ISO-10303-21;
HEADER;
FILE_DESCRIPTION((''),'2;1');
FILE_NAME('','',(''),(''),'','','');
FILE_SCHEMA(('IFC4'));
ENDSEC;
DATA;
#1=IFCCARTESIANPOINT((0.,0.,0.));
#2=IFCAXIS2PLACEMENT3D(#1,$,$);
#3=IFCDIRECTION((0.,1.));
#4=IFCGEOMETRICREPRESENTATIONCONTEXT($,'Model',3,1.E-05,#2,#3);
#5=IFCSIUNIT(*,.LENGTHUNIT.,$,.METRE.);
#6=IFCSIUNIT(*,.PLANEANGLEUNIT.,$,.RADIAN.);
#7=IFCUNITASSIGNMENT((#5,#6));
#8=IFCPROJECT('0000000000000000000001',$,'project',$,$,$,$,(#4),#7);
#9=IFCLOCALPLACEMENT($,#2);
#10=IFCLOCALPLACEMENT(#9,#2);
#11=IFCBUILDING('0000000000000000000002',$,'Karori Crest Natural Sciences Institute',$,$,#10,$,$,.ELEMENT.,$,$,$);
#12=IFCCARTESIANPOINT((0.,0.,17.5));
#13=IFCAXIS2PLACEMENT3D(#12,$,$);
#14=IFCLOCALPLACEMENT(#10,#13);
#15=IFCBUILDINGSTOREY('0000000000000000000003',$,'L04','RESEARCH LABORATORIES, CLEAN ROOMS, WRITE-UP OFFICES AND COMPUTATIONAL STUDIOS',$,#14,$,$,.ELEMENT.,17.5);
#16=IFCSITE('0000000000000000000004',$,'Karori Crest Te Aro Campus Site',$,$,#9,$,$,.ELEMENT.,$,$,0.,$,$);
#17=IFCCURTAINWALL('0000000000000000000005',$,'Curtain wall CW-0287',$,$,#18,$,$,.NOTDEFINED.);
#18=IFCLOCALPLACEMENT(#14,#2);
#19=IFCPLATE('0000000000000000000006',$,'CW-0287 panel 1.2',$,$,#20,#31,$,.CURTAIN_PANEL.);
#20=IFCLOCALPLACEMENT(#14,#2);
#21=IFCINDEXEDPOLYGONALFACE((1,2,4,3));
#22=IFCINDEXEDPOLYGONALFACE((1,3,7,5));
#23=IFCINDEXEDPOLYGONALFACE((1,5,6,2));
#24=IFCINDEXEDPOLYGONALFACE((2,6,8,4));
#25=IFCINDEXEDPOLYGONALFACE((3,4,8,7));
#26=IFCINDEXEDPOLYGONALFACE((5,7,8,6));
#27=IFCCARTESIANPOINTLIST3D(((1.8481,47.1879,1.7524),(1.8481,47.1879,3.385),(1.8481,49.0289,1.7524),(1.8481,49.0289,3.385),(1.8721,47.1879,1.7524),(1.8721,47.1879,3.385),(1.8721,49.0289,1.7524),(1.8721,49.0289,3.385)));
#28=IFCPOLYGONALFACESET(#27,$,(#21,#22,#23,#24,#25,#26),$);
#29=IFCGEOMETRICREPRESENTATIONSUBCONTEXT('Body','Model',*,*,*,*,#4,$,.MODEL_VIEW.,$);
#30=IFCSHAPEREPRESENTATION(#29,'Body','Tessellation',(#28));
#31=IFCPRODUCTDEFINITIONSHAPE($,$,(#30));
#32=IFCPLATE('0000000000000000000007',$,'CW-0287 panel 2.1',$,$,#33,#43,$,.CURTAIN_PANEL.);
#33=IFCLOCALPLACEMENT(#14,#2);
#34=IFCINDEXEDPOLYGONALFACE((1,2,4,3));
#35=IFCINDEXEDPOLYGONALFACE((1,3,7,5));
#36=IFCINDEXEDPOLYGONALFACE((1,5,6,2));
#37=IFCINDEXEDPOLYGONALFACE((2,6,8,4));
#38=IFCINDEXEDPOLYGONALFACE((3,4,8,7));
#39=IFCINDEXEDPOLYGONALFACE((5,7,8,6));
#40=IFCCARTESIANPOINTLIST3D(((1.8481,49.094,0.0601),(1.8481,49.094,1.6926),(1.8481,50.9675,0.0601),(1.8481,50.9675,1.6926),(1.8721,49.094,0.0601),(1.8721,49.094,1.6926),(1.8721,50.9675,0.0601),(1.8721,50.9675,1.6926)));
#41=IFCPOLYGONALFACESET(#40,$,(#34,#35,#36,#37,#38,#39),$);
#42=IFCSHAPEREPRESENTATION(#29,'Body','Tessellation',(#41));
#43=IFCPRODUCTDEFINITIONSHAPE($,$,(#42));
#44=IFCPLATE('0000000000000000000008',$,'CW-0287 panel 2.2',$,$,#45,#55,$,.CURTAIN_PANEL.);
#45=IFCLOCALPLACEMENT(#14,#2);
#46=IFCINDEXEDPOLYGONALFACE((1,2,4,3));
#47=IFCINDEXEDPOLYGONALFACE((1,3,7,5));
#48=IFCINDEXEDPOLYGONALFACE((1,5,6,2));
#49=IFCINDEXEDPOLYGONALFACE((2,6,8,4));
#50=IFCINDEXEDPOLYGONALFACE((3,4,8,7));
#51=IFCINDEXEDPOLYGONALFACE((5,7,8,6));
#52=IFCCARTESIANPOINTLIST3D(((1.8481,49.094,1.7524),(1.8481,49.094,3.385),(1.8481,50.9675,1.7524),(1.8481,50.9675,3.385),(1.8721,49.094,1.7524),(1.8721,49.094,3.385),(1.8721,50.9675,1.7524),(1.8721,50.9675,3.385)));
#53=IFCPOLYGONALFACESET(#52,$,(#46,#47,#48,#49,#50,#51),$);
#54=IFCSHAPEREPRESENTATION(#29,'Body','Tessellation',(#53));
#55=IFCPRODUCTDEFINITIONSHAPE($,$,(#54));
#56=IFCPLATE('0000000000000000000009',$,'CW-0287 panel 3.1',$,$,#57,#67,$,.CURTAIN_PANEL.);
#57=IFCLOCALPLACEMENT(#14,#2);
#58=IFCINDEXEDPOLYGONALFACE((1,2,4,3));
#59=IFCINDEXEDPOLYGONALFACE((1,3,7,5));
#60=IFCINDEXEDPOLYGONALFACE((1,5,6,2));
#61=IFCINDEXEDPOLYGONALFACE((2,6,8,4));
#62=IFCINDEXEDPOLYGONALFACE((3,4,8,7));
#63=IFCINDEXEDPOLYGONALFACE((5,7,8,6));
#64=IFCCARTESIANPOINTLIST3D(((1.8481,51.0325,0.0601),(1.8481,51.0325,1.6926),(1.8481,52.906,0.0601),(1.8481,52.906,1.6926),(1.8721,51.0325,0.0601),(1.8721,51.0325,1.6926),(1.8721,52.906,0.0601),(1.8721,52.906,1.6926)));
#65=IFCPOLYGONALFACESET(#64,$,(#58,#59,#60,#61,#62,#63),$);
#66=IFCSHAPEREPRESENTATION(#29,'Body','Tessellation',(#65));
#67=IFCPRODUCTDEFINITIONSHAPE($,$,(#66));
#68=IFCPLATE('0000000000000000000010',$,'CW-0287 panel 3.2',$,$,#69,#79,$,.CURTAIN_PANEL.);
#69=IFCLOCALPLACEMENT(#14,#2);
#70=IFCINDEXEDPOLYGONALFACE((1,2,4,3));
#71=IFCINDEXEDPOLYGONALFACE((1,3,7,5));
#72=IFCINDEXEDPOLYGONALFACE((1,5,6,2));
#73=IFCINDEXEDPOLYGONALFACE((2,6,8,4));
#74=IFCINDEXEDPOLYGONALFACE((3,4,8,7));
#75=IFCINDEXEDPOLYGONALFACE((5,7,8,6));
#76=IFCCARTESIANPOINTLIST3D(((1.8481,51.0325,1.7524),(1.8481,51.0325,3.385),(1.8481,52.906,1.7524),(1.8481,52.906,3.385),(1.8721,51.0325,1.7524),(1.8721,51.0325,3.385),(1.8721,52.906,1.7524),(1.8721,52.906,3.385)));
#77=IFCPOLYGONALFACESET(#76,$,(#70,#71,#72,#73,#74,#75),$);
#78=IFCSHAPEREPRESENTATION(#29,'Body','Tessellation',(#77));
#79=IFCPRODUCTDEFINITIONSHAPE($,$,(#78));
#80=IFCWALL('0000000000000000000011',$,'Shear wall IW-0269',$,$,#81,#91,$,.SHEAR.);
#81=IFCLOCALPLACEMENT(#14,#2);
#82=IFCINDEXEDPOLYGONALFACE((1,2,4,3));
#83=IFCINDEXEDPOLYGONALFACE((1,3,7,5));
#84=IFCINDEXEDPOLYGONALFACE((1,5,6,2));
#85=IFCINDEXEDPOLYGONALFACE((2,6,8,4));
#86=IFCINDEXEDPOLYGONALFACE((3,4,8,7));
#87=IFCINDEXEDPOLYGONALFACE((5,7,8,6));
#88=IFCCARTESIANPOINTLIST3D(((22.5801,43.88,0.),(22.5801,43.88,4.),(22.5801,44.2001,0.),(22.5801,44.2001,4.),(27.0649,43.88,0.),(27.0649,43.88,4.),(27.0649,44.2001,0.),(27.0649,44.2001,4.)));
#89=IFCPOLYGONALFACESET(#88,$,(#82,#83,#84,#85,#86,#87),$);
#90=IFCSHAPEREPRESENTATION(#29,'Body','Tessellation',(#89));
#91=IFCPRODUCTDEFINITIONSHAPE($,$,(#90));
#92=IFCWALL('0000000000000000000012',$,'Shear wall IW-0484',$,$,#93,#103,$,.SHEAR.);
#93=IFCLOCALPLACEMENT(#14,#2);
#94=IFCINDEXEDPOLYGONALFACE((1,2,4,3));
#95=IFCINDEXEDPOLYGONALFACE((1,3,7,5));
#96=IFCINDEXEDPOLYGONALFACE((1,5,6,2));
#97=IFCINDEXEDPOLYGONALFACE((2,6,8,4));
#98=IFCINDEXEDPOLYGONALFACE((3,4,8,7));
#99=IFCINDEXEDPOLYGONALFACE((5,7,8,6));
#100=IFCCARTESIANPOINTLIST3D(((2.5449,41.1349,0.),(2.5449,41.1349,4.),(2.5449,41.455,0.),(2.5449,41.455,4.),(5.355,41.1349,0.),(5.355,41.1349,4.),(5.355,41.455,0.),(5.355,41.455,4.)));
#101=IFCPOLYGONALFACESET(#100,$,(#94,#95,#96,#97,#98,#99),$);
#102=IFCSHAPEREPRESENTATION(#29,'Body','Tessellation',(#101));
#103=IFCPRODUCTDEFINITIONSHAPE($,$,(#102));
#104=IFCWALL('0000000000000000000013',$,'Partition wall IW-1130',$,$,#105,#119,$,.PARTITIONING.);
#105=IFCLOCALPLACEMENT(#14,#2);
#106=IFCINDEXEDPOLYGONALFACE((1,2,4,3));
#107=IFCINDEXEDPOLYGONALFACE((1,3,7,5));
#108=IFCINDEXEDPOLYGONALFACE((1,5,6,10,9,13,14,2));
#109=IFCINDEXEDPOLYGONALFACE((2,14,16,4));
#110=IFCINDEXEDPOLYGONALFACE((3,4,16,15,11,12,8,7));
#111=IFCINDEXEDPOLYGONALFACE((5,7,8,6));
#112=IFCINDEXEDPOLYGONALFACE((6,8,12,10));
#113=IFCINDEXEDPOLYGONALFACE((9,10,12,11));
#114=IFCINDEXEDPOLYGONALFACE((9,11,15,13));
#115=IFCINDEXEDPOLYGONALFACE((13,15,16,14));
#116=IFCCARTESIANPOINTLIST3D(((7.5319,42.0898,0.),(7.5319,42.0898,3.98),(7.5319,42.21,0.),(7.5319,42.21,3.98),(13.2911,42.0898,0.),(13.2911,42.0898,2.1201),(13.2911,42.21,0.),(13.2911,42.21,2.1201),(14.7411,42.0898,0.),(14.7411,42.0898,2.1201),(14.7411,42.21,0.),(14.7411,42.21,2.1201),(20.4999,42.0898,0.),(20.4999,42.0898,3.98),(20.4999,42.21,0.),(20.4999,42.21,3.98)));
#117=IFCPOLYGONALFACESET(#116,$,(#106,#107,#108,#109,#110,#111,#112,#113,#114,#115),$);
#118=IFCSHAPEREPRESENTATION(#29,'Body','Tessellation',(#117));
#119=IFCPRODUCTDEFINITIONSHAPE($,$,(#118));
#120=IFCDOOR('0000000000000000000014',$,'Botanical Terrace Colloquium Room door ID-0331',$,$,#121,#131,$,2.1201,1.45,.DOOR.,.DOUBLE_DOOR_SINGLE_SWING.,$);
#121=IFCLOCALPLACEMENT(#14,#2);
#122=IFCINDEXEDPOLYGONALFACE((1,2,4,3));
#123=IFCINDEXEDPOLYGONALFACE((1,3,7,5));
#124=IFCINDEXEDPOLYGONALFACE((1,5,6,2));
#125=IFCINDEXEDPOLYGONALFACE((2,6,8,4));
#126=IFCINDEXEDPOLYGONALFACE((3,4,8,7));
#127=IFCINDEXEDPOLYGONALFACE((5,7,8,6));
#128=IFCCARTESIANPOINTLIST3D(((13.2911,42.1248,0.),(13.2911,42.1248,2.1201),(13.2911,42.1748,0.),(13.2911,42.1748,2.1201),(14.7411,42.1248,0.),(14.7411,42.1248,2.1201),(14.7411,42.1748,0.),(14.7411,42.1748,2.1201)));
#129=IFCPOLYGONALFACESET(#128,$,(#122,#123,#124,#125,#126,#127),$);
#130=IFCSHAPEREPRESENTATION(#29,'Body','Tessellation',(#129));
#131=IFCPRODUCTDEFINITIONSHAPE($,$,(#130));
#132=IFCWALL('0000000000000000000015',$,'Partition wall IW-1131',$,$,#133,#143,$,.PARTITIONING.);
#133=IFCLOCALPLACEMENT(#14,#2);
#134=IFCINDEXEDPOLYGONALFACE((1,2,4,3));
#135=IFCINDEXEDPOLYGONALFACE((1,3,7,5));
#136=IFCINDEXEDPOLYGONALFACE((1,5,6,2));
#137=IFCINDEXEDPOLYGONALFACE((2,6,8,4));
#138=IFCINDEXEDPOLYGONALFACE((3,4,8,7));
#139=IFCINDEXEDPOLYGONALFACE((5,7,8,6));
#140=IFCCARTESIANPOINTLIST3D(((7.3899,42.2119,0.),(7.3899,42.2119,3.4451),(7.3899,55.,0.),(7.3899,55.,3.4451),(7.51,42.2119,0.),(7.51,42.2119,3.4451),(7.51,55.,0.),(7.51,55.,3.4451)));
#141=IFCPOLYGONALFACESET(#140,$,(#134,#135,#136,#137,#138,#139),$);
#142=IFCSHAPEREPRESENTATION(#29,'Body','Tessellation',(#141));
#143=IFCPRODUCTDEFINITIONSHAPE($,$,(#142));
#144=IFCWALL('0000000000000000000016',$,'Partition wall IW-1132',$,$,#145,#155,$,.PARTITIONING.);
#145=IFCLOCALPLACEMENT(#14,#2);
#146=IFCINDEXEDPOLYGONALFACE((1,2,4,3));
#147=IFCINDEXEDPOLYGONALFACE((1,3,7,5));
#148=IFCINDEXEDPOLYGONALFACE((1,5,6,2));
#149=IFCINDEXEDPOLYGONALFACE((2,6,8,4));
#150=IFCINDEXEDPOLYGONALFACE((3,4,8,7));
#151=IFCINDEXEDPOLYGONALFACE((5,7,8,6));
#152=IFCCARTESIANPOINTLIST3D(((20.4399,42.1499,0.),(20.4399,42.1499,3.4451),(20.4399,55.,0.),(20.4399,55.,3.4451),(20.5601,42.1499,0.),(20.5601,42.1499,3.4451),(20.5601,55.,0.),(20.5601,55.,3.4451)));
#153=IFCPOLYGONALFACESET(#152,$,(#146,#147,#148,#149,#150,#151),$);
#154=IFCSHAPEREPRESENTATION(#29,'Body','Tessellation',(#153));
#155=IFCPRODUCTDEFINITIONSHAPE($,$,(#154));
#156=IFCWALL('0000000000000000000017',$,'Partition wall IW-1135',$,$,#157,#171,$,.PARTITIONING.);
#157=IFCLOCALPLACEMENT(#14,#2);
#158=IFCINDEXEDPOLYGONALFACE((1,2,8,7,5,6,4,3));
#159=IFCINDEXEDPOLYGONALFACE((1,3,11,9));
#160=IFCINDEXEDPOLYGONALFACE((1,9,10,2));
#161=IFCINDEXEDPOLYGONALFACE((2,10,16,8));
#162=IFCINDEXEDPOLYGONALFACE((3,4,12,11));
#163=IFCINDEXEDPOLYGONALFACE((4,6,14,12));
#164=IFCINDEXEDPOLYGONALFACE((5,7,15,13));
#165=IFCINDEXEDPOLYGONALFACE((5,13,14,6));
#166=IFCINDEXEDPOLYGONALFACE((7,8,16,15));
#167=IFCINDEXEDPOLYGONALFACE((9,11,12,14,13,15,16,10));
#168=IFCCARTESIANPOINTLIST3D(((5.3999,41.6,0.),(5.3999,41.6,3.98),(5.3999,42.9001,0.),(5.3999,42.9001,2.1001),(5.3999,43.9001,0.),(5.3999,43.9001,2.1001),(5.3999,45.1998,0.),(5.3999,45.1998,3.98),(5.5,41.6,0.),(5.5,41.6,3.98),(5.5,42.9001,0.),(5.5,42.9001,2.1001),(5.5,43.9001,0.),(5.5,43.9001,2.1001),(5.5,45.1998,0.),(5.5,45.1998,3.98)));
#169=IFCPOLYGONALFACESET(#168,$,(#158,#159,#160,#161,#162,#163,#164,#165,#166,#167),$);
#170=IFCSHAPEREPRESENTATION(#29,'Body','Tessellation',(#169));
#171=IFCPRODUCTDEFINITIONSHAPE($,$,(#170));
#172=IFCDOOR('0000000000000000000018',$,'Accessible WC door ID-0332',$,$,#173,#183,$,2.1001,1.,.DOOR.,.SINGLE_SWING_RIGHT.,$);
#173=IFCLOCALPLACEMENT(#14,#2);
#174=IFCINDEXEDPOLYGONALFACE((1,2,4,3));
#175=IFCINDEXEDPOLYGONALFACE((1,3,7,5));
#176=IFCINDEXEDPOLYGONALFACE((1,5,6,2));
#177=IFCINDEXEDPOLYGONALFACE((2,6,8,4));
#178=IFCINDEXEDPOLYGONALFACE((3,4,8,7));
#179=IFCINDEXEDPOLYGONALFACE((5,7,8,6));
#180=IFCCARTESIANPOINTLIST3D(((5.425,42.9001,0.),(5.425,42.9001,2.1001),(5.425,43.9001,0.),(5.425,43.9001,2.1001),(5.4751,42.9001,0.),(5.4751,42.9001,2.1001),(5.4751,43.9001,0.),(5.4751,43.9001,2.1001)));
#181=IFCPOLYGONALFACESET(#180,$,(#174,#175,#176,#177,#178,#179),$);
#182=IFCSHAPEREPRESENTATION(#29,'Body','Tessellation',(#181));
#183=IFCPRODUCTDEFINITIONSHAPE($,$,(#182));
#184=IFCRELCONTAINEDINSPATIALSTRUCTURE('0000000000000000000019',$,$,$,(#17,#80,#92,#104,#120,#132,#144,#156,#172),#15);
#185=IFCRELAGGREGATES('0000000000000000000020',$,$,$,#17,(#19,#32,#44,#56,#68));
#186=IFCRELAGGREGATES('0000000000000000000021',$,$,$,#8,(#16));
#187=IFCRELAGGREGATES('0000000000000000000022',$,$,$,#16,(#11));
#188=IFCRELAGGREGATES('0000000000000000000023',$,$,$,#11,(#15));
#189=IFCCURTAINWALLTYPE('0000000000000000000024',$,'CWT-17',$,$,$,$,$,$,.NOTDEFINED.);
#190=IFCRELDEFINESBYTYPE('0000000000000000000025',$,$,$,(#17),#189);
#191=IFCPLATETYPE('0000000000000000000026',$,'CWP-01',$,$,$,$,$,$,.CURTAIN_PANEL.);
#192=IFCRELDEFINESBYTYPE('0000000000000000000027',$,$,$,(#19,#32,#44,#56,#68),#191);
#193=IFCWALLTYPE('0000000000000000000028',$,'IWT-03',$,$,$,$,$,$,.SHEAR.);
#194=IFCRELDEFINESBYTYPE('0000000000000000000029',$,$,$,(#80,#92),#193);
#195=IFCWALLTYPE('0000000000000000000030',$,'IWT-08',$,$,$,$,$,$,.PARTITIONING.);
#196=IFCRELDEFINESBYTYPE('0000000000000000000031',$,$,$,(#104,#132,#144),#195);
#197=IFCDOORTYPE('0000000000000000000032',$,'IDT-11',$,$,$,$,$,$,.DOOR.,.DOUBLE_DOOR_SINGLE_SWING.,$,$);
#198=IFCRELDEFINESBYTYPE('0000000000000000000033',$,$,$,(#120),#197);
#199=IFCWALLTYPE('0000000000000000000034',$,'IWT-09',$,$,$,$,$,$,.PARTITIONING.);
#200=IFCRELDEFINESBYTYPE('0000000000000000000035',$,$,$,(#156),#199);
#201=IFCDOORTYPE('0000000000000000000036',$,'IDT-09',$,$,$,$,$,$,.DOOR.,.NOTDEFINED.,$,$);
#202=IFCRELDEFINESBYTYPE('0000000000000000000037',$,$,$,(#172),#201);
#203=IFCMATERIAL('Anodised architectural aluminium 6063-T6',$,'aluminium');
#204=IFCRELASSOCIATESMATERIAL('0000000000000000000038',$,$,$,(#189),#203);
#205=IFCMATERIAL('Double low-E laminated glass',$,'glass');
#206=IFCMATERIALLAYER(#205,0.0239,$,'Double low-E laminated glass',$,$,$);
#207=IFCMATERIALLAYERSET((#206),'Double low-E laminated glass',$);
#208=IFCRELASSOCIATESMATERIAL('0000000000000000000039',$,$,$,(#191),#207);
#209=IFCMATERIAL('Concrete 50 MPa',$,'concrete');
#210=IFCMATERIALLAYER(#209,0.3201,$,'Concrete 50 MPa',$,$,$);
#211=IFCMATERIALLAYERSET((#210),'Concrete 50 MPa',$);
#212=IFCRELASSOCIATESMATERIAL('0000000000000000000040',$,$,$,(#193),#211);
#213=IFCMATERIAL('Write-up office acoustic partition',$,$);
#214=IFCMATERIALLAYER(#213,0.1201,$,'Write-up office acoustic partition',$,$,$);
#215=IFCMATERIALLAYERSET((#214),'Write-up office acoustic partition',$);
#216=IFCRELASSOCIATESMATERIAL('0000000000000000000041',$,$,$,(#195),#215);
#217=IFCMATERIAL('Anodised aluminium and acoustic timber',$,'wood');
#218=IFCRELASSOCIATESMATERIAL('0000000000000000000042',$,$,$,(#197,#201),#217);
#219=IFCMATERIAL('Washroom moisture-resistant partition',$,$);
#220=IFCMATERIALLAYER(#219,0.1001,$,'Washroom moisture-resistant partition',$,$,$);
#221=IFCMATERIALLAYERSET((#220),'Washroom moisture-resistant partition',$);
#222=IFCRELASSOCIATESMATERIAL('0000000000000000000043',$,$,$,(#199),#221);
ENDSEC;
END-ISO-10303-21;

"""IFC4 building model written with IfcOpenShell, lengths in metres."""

from ifc_helpers import new_model, si_unit, direction, frame, frame_2d, origin, origin_2d, place, context, subcontext, project, spatial, rectangle, extrude, material, layer, layer_set, type_object, element, fill, aggregate, save


model = new_model("IFC4")

# Units and contexts
model_context = context("Model", 3, precision=1e-05, world=origin(), true_north=direction((0.0, 1.0)))
body_context = subcontext(model_context, "Body", "Model", "MODEL_VIEW")
ifc_project = project(units=[si_unit("LENGTHUNIT", "METRE"), si_unit("PLANEANGLEUNIT", "RADIAN")], contexts=[model_context])

# Site, building, storey
site_placement = place(None, origin())
site = spatial("IfcSite", under=ifc_project, at=site_placement, Name="Karori Crest Te Aro Campus Site", CompositionType="ELEMENT", RefElevation=0.0)
building_placement = place(site_placement, origin())
building = spatial("IfcBuilding", under=site, at=building_placement, Name="Karori Crest Natural Sciences Institute", CompositionType="ELEMENT")
storey_placement = place(building_placement, frame((0.0, 0.0, 17.5)))
storey = spatial("IfcBuildingStorey", under=building, at=storey_placement, Name="L04", Description="RESEARCH LABORATORIES, CLEAN ROOMS, WRITE-UP OFFICES AND COMPUTATIONAL STUDIOS", CompositionType="ELEMENT", Elevation=17.5)

# Curtain wall, plates
ifc_material_1 = material(Name="Anodised architectural aluminium 6063-T6", Category="aluminium")
curtain_wall_type = type_object("IfcCurtainWallType", Name="CWT-17", PredefinedType="NOTDEFINED", material=ifc_material_1)
curtain_wall_placement = place(storey_placement, origin())
curtain_wall = element("IfcCurtainWall", 1, at=curtain_wall_placement, inside=storey, type_object=curtain_wall_type, Name="Curtain wall CW-0287", PredefinedType="NOTDEFINED")
ifc_material_2 = material(Name="Double low-E laminated glass", Category="glass")
ifc_layer_1 = layer(ifc_material_2, 0.0239, Name="Double low-E laminated glass")
ifc_layer_set_1 = layer_set([ifc_layer_1], Name="Double low-E laminated glass")
plate_type = type_object("IfcPlateType", Name="CWP-01", PredefinedType="CURTAIN_PANEL", material=ifc_layer_set_1)
plate_1_placement = place(storey_placement, frame((1.8601, 48.1084, 1.7524), z_axis=(0.0, 0.0, 1.0), x_axis=(0.0, 1.0, 0.0)))
plate_1 = element("IfcPlate", 2, at=plate_1_placement, type_object=plate_type, Name="CW-0287 panel 1.2", PredefinedType="CURTAIN_PANEL", context=body_context, shape_type="SweptSolid", body=[
    extrude(rectangle(XDim=1.8411, YDim=0.0239, at=origin_2d()), origin(), (0.0, 0.0, 1.0), 1.6326),
])
plate_2_placement = place(storey_placement, frame((1.8601, 50.0308, 0.0601), z_axis=(0.0, 0.0, 1.0), x_axis=(0.0, 1.0, 0.0)))
plate_2 = element("IfcPlate", 3, at=plate_2_placement, type_object=plate_type, Name="CW-0287 panel 2.1", PredefinedType="CURTAIN_PANEL", context=body_context, shape_type="SweptSolid", body=[
    extrude(rectangle(XDim=1.8735, YDim=0.0239, at=origin_2d()), origin(), (0.0, 0.0, 1.0), 1.6326),
])
plate_3_placement = place(storey_placement, frame((1.8601, 50.0308, 1.7524), z_axis=(0.0, 0.0, 1.0), x_axis=(0.0, 1.0, 0.0)))
plate_3 = element("IfcPlate", 4, at=plate_3_placement, type_object=plate_type, Name="CW-0287 panel 2.2", PredefinedType="CURTAIN_PANEL", context=body_context, shape_type="SweptSolid", body=[
    extrude(rectangle(XDim=1.8735, YDim=0.0239, at=origin_2d()), origin(), (0.0, 0.0, 1.0), 1.6326),
])
plate_4_placement = place(storey_placement, frame((1.8601, 51.9692, 0.0601), z_axis=(0.0, 0.0, 1.0), x_axis=(0.0, 1.0, 0.0)))
plate_4 = element("IfcPlate", 5, at=plate_4_placement, type_object=plate_type, Name="CW-0287 panel 3.1", PredefinedType="CURTAIN_PANEL", context=body_context, shape_type="SweptSolid", body=[
    extrude(rectangle(XDim=1.8735, YDim=0.0239, at=origin_2d()), origin(), (0.0, 0.0, 1.0), 1.6326),
])
plate_5_placement = place(storey_placement, frame((1.8601, 51.9692, 1.7524), z_axis=(0.0, 0.0, 1.0), x_axis=(0.0, 1.0, 0.0)))
plate_5 = element("IfcPlate", 6, at=plate_5_placement, type_object=plate_type, Name="CW-0287 panel 3.2", PredefinedType="CURTAIN_PANEL", context=body_context, shape_type="SweptSolid", body=[
    extrude(rectangle(XDim=1.8735, YDim=0.0239, at=origin_2d()), origin(), (0.0, 0.0, 1.0), 1.6326),
])
aggregate(curtain_wall, [plate_1, plate_2, plate_3, plate_4, plate_5])

# Walls
ifc_material_3 = material(Name="Concrete 50 MPa", Category="concrete")
ifc_layer_2 = layer(ifc_material_3, 0.3201, Name="Concrete 50 MPa")
ifc_layer_set_2 = layer_set([ifc_layer_2], Name="Concrete 50 MPa")
wall_type_1 = type_object("IfcWallType", Name="IWT-03", PredefinedType="SHEAR", material=ifc_layer_set_2)
wall_1_placement = place(storey_placement, frame((22.5801, 44.04, 0.0), z_axis=(0.0, 0.0, 1.0), x_axis=(1.0, 0.0, 0.0)))
element("IfcWall", 7, at=wall_1_placement, inside=storey, type_object=wall_type_1, Name="Shear wall IW-0269", PredefinedType="SHEAR", context=body_context, shape_type="SweptSolid", body=[
    extrude(rectangle(XDim=4.4849, YDim=0.3201, at=frame_2d((2.2424, 0.0))), origin(), (0.0, 0.0, 1.0), 4.0),
])
wall_2_placement = place(storey_placement, frame((2.5449, 41.2949, 0.0), z_axis=(0.0, 0.0, 1.0), x_axis=(1.0, 0.0, 0.0)))
element("IfcWall", 8, at=wall_2_placement, inside=storey, type_object=wall_type_1, Name="Shear wall IW-0484", PredefinedType="SHEAR", context=body_context, shape_type="SweptSolid", body=[
    extrude(rectangle(XDim=2.8101, YDim=0.3201, at=frame_2d((1.405, 0.0))), origin(), (0.0, 0.0, 1.0), 4.0),
])

# Wall, opening, door
ifc_material_4 = material(Name="Write-up office acoustic partition")
ifc_layer_3 = layer(ifc_material_4, 0.1201, Name="Write-up office acoustic partition")
ifc_layer_set_3 = layer_set([ifc_layer_3], Name="Write-up office acoustic partition")
wall_type_2 = type_object("IfcWallType", Name="IWT-08", PredefinedType="PARTITIONING", material=ifc_layer_set_3)
wall_3_placement = place(storey_placement, frame((7.532, 42.1499, 0.0), z_axis=(0.0, 0.0, 1.0), x_axis=(1.0, 0.0, 0.0)))
wall_3 = element("IfcWall", 9, at=wall_3_placement, inside=storey, type_object=wall_type_2, Name="Partition wall IW-1130", PredefinedType="PARTITIONING", context=body_context, shape_type="SweptSolid", body=[
    extrude(rectangle(XDim=12.968, YDim=0.1201, at=frame_2d((6.4839, 0.0))), origin(), (0.0, 0.0, 1.0), 3.98),
])
opening_1_placement = place(wall_3_placement, frame((5.759, 0.0, 0.0)))
opening_1 = element("IfcOpeningElement", 10, at=opening_1_placement, cuts=wall_3, PredefinedType="OPENING", context=body_context, shape_type="SweptSolid", body=[
    extrude(rectangle(XDim=1.45, YDim=2.1201, at=frame_2d((0.7251, 1.0601))), frame((0.0, 0.0701, 0.0), z_axis=(0.0, -1.0, 0.0), x_axis=(1.0, 0.0, 0.0)), (0.0, 0.0, 1.0), 0.1401),
])
ifc_material_5 = material(Name="Anodised aluminium and acoustic timber", Category="wood")
door_type_1 = type_object("IfcDoorType", Name="IDT-11", OperationType="DOUBLE_DOOR_SINGLE_SWING", PredefinedType="DOOR", material=ifc_material_5)
door_1_placement = place(opening_1_placement, origin())
door_1 = element("IfcDoor", 11, at=door_1_placement, inside=storey, type_object=door_type_1, Name="Botanical Terrace Colloquium Room door ID-0331", OperationType="DOUBLE_DOOR_SINGLE_SWING", OverallHeight=2.1201, OverallWidth=1.45, PredefinedType="DOOR", context=body_context, shape_type="SweptSolid", body=[
    extrude(rectangle(XDim=1.45, YDim=2.1201, at=frame_2d((0.7251, 1.0601))), frame((0.0, 0.0249, 0.0), z_axis=(0.0, -1.0, 0.0), x_axis=(1.0, 0.0, 0.0)), (0.0, 0.0, 1.0), 0.05),
])
fill(opening_1, door_1)

# Walls
wall_4_placement = place(storey_placement, frame((7.45, 42.2119, 0.0), z_axis=(0.0, 0.0, 1.0), x_axis=(0.0, 1.0, 0.0)))
element("IfcWall", 12, at=wall_4_placement, inside=storey, type_object=wall_type_2, Name="Partition wall IW-1131", PredefinedType="PARTITIONING", context=body_context, shape_type="SweptSolid", body=[
    extrude(rectangle(XDim=12.7881, YDim=0.1201, at=frame_2d((6.394, 0.0))), origin(), (0.0, 0.0, 1.0), 3.4451),
])
wall_5_placement = place(storey_placement, frame((20.5, 42.1499, 0.0), z_axis=(0.0, 0.0, 1.0), x_axis=(0.0, 1.0, 0.0)))
element("IfcWall", 13, at=wall_5_placement, inside=storey, type_object=wall_type_2, Name="Partition wall IW-1132", PredefinedType="PARTITIONING", context=body_context, shape_type="SweptSolid", body=[
    extrude(rectangle(XDim=12.8501, YDim=0.1201, at=frame_2d((6.425, 0.0))), origin(), (0.0, 0.0, 1.0), 3.4451),
])

# Wall, opening, door
ifc_material_6 = material(Name="Washroom moisture-resistant partition")
ifc_layer_4 = layer(ifc_material_6, 0.1001, Name="Washroom moisture-resistant partition")
ifc_layer_set_4 = layer_set([ifc_layer_4], Name="Washroom moisture-resistant partition")
wall_type_3 = type_object("IfcWallType", Name="IWT-09", PredefinedType="PARTITIONING", material=ifc_layer_set_4)
wall_6_placement = place(storey_placement, frame((5.45, 41.6001, 0.0), z_axis=(0.0, 0.0, 1.0), x_axis=(0.0, 1.0, 0.0)))
wall_6 = element("IfcWall", 14, at=wall_6_placement, inside=storey, type_object=wall_type_3, Name="Partition wall IW-1135", PredefinedType="PARTITIONING", context=body_context, shape_type="SweptSolid", body=[
    extrude(rectangle(XDim=3.5999, YDim=0.1001, at=frame_2d((1.7998, 0.0))), origin(), (0.0, 0.0, 1.0), 3.98),
])
opening_2_placement = place(wall_6_placement, frame((1.3, 0.0, 0.0)))
opening_2 = element("IfcOpeningElement", 15, at=opening_2_placement, cuts=wall_6, PredefinedType="OPENING", context=body_context, shape_type="SweptSolid", body=[
    extrude(rectangle(XDim=1.0, YDim=2.1001, at=frame_2d((0.5, 1.05))), frame((0.0, 0.0601, 0.0), z_axis=(0.0, -1.0, 0.0), x_axis=(1.0, 0.0, 0.0)), (0.0, 0.0, 1.0), 0.1201),
])
door_type_2 = type_object("IfcDoorType", Name="IDT-09", OperationType="NOTDEFINED", PredefinedType="DOOR", material=ifc_material_5)
door_2_placement = place(opening_2_placement, origin())
door_2 = element("IfcDoor", 16, at=door_2_placement, inside=storey, type_object=door_type_2, Name="Accessible WC door ID-0332", OperationType="SINGLE_SWING_RIGHT", OverallHeight=2.1001, OverallWidth=1.0, PredefinedType="DOOR", context=body_context, shape_type="SweptSolid", body=[
    extrude(rectangle(XDim=1.0, YDim=2.1001, at=frame_2d((0.5, 1.05))), frame((0.0, 0.0249, 0.0), z_axis=(0.0, -1.0, 0.0), x_axis=(1.0, 0.0, 0.0)), (0.0, 0.0, 1.0), 0.05),
])
fill(opening_2, door_2)

save(model, "model.ifc")
